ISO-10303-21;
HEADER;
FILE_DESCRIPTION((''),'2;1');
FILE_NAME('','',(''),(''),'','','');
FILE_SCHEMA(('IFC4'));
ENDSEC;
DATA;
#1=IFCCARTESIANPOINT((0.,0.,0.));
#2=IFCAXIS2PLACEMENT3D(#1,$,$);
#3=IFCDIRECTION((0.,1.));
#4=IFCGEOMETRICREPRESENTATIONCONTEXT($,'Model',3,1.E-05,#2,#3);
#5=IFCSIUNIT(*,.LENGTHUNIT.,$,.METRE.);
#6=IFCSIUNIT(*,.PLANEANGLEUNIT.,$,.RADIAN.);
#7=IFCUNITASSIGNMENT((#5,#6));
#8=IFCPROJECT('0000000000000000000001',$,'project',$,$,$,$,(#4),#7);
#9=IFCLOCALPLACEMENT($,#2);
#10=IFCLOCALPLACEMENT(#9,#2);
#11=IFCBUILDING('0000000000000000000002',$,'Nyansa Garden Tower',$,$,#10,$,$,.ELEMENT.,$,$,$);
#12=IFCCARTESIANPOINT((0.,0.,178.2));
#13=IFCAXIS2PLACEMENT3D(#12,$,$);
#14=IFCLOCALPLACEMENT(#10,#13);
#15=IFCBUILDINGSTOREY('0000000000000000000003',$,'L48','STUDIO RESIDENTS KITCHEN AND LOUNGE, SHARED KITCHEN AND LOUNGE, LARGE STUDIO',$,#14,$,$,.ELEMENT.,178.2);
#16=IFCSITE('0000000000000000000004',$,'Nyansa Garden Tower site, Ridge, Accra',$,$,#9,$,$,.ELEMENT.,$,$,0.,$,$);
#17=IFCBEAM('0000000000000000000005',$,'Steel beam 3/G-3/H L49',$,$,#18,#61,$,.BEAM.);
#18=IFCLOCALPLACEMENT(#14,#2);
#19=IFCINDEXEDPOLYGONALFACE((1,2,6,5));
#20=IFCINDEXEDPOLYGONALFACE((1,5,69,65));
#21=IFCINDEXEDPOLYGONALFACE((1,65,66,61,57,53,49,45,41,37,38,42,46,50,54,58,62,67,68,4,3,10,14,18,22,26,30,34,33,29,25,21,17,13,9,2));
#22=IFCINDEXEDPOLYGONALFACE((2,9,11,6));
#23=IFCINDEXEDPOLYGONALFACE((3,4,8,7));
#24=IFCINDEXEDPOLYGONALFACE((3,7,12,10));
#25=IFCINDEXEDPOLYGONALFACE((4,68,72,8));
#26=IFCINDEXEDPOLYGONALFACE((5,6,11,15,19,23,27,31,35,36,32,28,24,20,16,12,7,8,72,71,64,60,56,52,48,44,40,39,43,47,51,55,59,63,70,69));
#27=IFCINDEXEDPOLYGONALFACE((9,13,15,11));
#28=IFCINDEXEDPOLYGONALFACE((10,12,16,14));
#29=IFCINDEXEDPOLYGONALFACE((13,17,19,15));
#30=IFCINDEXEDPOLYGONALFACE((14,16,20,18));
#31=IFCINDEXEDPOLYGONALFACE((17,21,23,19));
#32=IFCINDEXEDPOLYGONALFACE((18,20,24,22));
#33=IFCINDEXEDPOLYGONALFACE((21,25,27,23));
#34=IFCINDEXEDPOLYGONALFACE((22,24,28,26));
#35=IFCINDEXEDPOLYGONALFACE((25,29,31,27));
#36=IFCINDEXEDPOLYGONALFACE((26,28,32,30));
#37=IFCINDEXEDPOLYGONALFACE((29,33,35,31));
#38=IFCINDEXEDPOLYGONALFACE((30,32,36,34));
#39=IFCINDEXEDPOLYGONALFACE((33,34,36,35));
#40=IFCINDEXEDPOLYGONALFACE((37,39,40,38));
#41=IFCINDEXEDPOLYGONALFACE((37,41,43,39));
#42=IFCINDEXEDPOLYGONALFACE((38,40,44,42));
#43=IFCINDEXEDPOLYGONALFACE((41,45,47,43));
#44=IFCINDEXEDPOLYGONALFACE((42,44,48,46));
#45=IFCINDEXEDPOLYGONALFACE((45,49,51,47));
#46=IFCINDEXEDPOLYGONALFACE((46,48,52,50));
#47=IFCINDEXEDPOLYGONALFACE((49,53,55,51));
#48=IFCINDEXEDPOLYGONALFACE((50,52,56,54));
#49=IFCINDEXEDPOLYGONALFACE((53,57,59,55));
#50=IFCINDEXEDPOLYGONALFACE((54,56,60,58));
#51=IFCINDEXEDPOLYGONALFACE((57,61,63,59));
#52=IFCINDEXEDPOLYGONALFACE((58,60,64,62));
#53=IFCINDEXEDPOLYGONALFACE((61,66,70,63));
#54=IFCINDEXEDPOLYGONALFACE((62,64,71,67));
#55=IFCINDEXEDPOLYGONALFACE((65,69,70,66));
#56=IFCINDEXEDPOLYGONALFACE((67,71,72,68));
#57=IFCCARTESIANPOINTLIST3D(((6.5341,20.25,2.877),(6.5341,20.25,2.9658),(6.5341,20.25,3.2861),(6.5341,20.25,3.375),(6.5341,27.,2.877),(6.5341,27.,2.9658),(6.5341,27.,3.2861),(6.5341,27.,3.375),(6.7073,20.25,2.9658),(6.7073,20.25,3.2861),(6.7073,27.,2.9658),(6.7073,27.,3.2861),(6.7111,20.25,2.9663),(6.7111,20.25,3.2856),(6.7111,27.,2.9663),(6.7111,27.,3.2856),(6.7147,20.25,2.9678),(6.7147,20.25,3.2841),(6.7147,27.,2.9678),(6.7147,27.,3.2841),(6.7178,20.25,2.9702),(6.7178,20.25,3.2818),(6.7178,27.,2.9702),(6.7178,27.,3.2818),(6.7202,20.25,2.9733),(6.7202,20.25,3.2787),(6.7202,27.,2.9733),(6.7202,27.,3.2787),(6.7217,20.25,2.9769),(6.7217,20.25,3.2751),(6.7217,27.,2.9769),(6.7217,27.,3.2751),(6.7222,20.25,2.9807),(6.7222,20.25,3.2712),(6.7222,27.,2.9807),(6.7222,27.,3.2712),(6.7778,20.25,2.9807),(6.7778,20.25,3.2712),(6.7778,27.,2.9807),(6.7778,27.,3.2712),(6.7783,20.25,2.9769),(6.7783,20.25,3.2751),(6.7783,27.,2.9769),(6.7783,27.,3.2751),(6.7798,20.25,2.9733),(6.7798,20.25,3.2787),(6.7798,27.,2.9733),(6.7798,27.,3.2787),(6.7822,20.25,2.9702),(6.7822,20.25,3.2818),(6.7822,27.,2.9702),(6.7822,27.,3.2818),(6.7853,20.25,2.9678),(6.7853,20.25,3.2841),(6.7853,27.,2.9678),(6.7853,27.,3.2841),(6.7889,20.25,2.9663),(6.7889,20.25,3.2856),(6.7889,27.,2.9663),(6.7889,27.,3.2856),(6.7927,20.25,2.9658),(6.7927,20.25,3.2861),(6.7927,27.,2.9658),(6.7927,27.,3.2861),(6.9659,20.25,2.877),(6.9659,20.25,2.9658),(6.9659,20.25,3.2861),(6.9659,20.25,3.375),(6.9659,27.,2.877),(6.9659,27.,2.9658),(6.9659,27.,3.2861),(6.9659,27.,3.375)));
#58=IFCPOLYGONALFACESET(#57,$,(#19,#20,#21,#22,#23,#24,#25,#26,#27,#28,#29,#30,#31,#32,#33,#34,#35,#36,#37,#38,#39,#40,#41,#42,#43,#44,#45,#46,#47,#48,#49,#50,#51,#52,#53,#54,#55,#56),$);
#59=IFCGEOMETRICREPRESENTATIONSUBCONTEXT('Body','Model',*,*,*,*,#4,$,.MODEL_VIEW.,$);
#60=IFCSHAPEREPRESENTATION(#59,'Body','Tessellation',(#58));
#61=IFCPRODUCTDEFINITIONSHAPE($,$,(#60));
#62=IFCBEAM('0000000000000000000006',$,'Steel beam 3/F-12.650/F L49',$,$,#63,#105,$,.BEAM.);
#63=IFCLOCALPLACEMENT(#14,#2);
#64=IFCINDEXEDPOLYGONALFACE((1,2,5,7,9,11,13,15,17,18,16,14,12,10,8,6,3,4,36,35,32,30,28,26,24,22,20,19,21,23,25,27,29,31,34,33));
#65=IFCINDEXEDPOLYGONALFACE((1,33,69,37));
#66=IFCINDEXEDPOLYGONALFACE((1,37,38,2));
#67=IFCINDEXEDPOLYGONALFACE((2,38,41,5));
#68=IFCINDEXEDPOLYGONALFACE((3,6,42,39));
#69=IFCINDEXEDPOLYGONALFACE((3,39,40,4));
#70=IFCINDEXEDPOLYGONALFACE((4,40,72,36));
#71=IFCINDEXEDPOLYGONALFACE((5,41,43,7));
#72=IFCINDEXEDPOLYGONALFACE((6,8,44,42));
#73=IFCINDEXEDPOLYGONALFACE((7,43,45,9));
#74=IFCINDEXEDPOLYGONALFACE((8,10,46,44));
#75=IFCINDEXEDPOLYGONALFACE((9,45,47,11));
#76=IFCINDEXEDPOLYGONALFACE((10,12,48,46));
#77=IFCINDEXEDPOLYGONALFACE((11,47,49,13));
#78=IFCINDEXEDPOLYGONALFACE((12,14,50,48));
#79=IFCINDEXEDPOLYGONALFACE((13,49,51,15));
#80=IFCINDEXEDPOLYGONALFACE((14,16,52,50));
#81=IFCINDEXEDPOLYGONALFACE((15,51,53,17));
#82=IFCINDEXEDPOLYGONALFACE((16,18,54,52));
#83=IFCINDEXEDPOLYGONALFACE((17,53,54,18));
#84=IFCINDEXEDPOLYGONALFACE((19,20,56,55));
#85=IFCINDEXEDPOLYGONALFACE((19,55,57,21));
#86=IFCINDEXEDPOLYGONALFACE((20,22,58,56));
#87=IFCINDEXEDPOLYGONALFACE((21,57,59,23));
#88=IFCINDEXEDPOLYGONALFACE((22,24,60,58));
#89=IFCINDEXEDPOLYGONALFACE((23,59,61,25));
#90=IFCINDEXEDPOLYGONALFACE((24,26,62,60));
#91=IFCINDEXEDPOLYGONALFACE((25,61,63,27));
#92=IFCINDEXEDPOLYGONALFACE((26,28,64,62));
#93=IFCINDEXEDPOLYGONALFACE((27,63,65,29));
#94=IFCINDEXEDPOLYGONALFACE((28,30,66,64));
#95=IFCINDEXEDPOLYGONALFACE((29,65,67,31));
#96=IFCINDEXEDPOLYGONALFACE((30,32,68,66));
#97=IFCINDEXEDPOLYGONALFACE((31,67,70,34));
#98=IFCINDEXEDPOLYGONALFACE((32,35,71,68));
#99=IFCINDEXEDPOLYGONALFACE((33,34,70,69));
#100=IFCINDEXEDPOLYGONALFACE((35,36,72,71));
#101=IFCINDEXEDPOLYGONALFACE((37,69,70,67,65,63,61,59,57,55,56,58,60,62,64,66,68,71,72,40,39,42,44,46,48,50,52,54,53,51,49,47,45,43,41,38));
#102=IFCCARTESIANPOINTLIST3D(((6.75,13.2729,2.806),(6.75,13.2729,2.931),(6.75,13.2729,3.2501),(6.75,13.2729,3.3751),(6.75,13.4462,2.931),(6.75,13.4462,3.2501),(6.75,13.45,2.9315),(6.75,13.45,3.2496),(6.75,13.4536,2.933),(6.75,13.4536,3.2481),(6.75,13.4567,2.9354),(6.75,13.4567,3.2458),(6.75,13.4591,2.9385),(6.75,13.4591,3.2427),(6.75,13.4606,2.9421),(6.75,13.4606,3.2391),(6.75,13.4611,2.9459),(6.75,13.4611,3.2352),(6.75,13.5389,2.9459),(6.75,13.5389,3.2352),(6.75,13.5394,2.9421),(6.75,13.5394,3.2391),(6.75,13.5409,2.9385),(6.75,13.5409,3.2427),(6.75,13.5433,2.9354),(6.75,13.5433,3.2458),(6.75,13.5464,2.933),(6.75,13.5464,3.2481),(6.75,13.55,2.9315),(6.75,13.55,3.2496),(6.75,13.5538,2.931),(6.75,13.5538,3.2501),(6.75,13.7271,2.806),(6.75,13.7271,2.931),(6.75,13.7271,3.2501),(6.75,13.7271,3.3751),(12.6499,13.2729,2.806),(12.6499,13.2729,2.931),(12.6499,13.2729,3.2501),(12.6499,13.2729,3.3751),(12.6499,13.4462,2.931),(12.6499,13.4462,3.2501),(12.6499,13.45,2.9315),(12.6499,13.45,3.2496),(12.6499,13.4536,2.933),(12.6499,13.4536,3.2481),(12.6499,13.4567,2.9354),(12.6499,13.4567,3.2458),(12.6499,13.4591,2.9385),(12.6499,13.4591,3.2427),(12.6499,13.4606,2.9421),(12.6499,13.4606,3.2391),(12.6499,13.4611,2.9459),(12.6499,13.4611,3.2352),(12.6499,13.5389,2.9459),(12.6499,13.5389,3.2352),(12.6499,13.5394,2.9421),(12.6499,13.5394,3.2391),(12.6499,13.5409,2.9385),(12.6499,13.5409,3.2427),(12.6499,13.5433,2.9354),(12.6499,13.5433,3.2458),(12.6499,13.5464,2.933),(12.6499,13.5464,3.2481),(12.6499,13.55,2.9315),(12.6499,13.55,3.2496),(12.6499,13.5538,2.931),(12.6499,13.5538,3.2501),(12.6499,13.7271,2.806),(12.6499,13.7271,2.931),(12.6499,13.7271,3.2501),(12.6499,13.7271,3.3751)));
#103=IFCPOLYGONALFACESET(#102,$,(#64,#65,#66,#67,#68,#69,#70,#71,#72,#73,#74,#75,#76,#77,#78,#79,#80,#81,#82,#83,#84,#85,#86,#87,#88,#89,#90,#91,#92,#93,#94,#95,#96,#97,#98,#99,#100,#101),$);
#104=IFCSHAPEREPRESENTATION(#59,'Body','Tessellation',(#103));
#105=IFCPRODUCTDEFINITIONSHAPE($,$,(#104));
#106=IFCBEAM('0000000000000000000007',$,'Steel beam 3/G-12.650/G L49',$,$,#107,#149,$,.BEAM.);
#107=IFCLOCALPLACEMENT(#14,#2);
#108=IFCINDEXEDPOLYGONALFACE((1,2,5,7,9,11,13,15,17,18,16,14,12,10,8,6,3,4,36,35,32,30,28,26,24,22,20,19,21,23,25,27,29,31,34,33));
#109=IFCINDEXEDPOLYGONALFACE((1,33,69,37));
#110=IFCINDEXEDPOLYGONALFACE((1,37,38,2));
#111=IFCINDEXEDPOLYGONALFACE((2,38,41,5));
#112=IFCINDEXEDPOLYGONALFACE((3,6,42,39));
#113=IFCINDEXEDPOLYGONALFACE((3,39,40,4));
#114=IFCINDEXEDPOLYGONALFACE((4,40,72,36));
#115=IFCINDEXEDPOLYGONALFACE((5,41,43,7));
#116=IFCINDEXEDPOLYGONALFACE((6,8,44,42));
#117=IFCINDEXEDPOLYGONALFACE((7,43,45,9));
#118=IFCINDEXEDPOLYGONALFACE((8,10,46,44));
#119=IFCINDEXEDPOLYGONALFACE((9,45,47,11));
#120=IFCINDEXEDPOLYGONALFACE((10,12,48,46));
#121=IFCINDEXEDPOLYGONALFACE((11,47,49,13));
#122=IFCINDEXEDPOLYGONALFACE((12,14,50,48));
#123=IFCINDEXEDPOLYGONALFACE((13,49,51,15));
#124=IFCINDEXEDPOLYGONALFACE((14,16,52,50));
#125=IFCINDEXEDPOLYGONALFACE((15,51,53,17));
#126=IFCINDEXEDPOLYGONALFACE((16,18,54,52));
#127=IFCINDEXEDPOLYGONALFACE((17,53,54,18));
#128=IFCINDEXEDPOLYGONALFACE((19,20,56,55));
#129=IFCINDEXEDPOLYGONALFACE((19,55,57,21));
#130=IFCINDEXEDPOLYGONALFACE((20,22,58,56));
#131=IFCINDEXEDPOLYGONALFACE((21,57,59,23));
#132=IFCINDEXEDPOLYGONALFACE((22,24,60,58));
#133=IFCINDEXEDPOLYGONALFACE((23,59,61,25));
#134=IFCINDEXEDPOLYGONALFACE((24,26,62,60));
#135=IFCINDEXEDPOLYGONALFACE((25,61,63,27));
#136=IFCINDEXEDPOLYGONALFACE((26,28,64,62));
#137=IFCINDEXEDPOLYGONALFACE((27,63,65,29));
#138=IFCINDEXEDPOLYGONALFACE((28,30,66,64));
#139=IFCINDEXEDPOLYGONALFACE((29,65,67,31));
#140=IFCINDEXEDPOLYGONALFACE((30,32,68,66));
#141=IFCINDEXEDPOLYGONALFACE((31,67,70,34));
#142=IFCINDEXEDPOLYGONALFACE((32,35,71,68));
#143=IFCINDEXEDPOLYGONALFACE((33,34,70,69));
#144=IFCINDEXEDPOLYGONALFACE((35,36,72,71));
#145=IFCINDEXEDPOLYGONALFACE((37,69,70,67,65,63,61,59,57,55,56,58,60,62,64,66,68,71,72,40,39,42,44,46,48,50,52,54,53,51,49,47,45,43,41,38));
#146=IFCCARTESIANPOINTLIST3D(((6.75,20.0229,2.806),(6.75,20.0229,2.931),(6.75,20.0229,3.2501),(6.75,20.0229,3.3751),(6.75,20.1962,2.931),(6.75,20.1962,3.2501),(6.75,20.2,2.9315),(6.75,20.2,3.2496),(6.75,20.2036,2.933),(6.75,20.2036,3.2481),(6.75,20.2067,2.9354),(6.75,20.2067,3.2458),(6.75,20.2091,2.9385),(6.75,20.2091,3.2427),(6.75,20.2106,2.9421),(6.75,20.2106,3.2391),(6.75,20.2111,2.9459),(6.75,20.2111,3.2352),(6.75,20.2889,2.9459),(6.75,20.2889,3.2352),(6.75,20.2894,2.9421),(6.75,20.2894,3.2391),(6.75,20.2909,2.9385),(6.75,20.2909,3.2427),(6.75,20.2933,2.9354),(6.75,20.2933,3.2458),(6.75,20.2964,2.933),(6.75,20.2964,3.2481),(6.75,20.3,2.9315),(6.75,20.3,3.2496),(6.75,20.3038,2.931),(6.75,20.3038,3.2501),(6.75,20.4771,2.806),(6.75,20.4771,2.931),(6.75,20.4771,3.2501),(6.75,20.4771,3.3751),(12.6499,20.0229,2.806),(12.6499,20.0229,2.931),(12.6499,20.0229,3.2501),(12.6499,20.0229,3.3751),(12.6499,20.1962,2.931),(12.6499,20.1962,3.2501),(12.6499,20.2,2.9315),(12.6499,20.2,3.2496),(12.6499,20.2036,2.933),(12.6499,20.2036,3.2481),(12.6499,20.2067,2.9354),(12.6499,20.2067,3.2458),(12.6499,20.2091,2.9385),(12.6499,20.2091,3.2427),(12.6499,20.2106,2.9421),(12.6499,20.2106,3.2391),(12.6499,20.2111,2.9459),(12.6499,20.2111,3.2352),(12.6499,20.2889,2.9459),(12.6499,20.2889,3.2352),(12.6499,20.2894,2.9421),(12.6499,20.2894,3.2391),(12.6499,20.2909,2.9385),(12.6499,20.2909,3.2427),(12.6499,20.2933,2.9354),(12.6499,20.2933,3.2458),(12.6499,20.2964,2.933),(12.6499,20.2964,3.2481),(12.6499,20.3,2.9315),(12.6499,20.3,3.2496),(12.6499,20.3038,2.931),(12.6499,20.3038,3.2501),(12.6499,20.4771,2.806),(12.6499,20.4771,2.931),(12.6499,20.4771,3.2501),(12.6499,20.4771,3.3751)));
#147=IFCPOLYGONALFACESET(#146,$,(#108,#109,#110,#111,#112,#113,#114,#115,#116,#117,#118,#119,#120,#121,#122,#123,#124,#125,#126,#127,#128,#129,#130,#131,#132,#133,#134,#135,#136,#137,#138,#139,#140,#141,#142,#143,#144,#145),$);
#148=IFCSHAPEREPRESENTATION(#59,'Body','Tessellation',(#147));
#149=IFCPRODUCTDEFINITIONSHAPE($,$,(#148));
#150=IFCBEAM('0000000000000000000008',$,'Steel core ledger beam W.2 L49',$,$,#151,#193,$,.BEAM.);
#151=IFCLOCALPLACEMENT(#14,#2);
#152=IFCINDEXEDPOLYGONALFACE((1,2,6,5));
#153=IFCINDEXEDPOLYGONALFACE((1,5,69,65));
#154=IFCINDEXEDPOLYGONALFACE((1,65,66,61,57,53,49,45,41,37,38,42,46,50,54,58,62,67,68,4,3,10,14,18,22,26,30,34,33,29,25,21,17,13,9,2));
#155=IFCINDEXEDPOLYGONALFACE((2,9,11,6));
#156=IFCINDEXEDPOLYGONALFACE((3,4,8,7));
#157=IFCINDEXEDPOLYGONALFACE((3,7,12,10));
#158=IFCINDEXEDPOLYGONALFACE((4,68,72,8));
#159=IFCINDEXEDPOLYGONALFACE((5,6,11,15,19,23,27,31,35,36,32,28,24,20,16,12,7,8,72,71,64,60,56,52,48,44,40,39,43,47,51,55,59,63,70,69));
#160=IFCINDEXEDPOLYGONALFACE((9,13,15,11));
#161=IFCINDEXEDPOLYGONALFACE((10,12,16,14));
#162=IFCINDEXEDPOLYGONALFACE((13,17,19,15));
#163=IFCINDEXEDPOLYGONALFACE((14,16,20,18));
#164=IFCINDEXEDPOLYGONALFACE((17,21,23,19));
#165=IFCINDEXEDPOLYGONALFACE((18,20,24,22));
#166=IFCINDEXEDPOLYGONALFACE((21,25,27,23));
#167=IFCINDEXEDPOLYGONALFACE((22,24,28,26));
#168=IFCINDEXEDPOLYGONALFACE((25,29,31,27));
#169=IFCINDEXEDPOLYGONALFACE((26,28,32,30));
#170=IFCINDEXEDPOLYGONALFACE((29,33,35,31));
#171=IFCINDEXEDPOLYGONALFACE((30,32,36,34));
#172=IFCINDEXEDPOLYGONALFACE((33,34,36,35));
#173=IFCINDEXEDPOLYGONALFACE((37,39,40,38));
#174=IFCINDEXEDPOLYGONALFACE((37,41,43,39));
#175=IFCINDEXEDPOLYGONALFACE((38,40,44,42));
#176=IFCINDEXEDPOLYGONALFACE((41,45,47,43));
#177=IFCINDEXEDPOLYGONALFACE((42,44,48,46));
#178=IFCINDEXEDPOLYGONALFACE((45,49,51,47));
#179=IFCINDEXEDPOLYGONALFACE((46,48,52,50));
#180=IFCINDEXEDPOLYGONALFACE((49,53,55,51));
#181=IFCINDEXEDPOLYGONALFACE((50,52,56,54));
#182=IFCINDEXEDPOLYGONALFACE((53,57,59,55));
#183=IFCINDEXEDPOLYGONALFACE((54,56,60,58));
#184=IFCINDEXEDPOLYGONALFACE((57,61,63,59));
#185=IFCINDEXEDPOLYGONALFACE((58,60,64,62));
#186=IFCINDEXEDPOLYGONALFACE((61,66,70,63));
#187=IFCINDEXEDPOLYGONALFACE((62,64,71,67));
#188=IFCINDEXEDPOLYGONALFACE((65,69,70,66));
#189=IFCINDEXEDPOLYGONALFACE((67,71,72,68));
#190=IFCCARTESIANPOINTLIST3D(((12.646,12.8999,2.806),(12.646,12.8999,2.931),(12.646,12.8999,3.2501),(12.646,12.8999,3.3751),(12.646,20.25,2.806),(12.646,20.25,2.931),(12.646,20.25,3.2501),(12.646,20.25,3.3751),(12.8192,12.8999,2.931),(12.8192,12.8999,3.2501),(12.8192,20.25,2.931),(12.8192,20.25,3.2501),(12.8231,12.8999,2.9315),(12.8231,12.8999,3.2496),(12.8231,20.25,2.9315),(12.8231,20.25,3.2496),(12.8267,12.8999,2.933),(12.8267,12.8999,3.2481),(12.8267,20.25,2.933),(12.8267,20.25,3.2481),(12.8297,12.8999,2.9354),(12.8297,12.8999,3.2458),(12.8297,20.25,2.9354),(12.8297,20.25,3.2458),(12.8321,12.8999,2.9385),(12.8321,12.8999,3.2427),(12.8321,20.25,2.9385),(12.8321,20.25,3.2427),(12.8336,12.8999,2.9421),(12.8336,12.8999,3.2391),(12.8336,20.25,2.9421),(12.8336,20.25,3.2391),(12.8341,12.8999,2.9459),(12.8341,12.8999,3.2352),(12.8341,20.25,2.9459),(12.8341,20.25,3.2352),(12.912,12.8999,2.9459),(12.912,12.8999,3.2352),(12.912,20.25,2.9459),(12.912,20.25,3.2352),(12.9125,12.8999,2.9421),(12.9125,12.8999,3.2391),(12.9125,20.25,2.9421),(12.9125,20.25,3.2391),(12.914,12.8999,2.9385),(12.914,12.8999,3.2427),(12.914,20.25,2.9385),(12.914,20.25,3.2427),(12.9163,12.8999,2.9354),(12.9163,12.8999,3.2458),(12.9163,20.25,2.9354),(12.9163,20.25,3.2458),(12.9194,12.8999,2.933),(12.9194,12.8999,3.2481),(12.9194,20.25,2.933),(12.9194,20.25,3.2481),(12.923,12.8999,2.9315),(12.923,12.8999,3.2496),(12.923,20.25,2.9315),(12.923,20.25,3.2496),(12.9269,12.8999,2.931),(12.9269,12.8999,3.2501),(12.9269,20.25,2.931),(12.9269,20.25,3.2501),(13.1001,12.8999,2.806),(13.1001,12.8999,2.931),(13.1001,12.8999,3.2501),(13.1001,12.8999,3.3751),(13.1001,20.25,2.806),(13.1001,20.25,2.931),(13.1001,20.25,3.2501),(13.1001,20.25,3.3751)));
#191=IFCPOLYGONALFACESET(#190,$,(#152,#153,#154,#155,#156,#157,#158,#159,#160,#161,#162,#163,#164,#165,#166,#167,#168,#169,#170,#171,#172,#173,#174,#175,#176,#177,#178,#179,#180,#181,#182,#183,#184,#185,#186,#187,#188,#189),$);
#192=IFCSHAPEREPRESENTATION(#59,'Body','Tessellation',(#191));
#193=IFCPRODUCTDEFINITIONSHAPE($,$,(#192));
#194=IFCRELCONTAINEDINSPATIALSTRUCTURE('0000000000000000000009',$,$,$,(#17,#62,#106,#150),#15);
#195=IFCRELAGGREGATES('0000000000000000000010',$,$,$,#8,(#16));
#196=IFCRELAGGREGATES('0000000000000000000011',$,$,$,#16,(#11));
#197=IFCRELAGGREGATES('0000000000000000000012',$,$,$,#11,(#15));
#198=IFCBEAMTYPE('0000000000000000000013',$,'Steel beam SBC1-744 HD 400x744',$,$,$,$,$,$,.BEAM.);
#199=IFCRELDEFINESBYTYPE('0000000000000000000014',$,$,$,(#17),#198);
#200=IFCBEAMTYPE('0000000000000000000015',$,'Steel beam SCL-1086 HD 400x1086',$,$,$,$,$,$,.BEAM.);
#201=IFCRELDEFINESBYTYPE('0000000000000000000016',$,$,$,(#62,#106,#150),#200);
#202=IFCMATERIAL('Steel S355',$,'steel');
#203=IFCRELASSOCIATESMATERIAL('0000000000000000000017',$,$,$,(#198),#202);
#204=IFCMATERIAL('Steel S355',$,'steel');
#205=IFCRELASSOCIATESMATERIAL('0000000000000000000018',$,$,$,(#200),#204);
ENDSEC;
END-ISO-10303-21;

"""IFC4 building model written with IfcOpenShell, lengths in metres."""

from ifc_helpers import new_model, si_unit, direction, frame, origin, origin_2d, place, context, subcontext, project, spatial, i_section, extrude, material, material_profile, profile_set, type_object, element, save


model = new_model("IFC4")

# Units and contexts
model_context = context("Model", 3, precision=1e-05, world=origin(), true_north=direction((0.0, 1.0)))
body_context = subcontext(model_context, "Body", "Model", "MODEL_VIEW")
ifc_project = project(units=[si_unit("LENGTHUNIT", "METRE"), si_unit("PLANEANGLEUNIT", "RADIAN")], contexts=[model_context])

# Site, building, storey
site_placement = place(None, origin())
site = spatial("IfcSite", under=ifc_project, at=site_placement, Name="Nyansa Garden Tower site, Ridge, Accra", CompositionType="ELEMENT", RefElevation=0.0)
building_placement = place(site_placement, origin())
building = spatial("IfcBuilding", under=site, at=building_placement, Name="Nyansa Garden Tower", CompositionType="ELEMENT")
storey_placement = place(building_placement, frame((0.0, 0.0, 178.2)))
storey = spatial("IfcBuildingStorey", under=building, at=storey_placement, Name="L48", Description="STUDIO RESIDENTS KITCHEN AND LOUNGE, SHARED KITCHEN AND LOUNGE, LARGE STUDIO", CompositionType="ELEMENT", Elevation=178.2)

# Beams
ifc_material_1 = material(Name="Steel S355", Category="steel")
ifc_material_profile_1 = material_profile(ifc_material_1, i_section(OverallWidth=0.4319, OverallDepth=0.498, WebThickness=0.0557, FlangeThickness=0.0889, FilletRadius=0.0149, at=origin_2d()), Name="HD 400x744")
ifc_profile_set_1 = profile_set([ifc_material_profile_1], Name="Steel S355")
beam_type_1 = type_object("IfcBeamType", Name="Steel beam SBC1-744 HD 400x744", PredefinedType="BEAM", material=ifc_profile_set_1)
for number, where, z_axis, x_axis, name in (
    (1, (6.75, 20.25, 3.126), (0.0, 1.0, 0.0), (-1.0, 0.0, 0.0), "Steel beam 3/G-3/H L49"),
):
    element("IfcBeam", number, at=place(storey_placement, frame(where, z_axis=z_axis, x_axis=x_axis)), inside=storey, type_object=beam_type_1, Name=name, PredefinedType="BEAM", context=body_context, shape_type="SweptSolid", body=[
        extrude(i_section(OverallWidth=0.4319, OverallDepth=0.498, WebThickness=0.0557, FlangeThickness=0.0889, FilletRadius=0.0149, at=origin_2d()), origin(), (0.0, 0.0, 1.0), 6.75),
    ])
ifc_material_2 = material(Name="Steel S355", Category="steel")
ifc_material_profile_2 = material_profile(ifc_material_2, i_section(OverallWidth=0.4541, OverallDepth=0.5691, WebThickness=0.0779, FlangeThickness=0.125, FilletRadius=0.0149, at=origin_2d()), Name="HD 400x1086")
ifc_profile_set_2 = profile_set([ifc_material_profile_2], Name="Steel S355")
beam_type_2 = type_object("IfcBeamType", Name="Steel beam SCL-1086 HD 400x1086", PredefinedType="BEAM", material=ifc_profile_set_2)
for number, where, z_axis, x_axis, name in (
    (2, (6.75, 13.5, 3.0906), (1.0, 0.0, 0.0), (0.0, 1.0, 0.0), "Steel beam 3/F-12.650/F L49"),
    (3, (6.75, 20.25, 3.0906), (1.0, 0.0, 0.0), (0.0, 1.0, 0.0), "Steel beam 3/G-12.650/G L49"),
):
    element("IfcBeam", number, at=place(storey_placement, frame(where, z_axis=z_axis, x_axis=x_axis)), inside=storey, type_object=beam_type_2, Name=name, PredefinedType="BEAM", context=body_context, shape_type="SweptSolid", body=[
        extrude(i_section(OverallWidth=0.4541, OverallDepth=0.5691, WebThickness=0.0779, FlangeThickness=0.125, FilletRadius=0.0149, at=origin_2d()), origin(), (0.0, 0.0, 1.0), 5.8999),
    ])
beam_placement = place(storey_placement, frame((12.873, 20.25, 3.0906), z_axis=(0.0, -1.0, 0.0), x_axis=(1.0, 0.0, 0.0)))
element("IfcBeam", 4, at=beam_placement, inside=storey, type_object=beam_type_2, Name="Steel core ledger beam W.2 L49", PredefinedType="BEAM", context=body_context, shape_type="SweptSolid", body=[
    extrude(i_section(OverallWidth=0.4541, OverallDepth=0.5691, WebThickness=0.0779, FlangeThickness=0.125, FilletRadius=0.0149, at=origin_2d()), origin(), (0.0, 0.0, 1.0), 7.3501),
])

save(model, "model.ifc")
